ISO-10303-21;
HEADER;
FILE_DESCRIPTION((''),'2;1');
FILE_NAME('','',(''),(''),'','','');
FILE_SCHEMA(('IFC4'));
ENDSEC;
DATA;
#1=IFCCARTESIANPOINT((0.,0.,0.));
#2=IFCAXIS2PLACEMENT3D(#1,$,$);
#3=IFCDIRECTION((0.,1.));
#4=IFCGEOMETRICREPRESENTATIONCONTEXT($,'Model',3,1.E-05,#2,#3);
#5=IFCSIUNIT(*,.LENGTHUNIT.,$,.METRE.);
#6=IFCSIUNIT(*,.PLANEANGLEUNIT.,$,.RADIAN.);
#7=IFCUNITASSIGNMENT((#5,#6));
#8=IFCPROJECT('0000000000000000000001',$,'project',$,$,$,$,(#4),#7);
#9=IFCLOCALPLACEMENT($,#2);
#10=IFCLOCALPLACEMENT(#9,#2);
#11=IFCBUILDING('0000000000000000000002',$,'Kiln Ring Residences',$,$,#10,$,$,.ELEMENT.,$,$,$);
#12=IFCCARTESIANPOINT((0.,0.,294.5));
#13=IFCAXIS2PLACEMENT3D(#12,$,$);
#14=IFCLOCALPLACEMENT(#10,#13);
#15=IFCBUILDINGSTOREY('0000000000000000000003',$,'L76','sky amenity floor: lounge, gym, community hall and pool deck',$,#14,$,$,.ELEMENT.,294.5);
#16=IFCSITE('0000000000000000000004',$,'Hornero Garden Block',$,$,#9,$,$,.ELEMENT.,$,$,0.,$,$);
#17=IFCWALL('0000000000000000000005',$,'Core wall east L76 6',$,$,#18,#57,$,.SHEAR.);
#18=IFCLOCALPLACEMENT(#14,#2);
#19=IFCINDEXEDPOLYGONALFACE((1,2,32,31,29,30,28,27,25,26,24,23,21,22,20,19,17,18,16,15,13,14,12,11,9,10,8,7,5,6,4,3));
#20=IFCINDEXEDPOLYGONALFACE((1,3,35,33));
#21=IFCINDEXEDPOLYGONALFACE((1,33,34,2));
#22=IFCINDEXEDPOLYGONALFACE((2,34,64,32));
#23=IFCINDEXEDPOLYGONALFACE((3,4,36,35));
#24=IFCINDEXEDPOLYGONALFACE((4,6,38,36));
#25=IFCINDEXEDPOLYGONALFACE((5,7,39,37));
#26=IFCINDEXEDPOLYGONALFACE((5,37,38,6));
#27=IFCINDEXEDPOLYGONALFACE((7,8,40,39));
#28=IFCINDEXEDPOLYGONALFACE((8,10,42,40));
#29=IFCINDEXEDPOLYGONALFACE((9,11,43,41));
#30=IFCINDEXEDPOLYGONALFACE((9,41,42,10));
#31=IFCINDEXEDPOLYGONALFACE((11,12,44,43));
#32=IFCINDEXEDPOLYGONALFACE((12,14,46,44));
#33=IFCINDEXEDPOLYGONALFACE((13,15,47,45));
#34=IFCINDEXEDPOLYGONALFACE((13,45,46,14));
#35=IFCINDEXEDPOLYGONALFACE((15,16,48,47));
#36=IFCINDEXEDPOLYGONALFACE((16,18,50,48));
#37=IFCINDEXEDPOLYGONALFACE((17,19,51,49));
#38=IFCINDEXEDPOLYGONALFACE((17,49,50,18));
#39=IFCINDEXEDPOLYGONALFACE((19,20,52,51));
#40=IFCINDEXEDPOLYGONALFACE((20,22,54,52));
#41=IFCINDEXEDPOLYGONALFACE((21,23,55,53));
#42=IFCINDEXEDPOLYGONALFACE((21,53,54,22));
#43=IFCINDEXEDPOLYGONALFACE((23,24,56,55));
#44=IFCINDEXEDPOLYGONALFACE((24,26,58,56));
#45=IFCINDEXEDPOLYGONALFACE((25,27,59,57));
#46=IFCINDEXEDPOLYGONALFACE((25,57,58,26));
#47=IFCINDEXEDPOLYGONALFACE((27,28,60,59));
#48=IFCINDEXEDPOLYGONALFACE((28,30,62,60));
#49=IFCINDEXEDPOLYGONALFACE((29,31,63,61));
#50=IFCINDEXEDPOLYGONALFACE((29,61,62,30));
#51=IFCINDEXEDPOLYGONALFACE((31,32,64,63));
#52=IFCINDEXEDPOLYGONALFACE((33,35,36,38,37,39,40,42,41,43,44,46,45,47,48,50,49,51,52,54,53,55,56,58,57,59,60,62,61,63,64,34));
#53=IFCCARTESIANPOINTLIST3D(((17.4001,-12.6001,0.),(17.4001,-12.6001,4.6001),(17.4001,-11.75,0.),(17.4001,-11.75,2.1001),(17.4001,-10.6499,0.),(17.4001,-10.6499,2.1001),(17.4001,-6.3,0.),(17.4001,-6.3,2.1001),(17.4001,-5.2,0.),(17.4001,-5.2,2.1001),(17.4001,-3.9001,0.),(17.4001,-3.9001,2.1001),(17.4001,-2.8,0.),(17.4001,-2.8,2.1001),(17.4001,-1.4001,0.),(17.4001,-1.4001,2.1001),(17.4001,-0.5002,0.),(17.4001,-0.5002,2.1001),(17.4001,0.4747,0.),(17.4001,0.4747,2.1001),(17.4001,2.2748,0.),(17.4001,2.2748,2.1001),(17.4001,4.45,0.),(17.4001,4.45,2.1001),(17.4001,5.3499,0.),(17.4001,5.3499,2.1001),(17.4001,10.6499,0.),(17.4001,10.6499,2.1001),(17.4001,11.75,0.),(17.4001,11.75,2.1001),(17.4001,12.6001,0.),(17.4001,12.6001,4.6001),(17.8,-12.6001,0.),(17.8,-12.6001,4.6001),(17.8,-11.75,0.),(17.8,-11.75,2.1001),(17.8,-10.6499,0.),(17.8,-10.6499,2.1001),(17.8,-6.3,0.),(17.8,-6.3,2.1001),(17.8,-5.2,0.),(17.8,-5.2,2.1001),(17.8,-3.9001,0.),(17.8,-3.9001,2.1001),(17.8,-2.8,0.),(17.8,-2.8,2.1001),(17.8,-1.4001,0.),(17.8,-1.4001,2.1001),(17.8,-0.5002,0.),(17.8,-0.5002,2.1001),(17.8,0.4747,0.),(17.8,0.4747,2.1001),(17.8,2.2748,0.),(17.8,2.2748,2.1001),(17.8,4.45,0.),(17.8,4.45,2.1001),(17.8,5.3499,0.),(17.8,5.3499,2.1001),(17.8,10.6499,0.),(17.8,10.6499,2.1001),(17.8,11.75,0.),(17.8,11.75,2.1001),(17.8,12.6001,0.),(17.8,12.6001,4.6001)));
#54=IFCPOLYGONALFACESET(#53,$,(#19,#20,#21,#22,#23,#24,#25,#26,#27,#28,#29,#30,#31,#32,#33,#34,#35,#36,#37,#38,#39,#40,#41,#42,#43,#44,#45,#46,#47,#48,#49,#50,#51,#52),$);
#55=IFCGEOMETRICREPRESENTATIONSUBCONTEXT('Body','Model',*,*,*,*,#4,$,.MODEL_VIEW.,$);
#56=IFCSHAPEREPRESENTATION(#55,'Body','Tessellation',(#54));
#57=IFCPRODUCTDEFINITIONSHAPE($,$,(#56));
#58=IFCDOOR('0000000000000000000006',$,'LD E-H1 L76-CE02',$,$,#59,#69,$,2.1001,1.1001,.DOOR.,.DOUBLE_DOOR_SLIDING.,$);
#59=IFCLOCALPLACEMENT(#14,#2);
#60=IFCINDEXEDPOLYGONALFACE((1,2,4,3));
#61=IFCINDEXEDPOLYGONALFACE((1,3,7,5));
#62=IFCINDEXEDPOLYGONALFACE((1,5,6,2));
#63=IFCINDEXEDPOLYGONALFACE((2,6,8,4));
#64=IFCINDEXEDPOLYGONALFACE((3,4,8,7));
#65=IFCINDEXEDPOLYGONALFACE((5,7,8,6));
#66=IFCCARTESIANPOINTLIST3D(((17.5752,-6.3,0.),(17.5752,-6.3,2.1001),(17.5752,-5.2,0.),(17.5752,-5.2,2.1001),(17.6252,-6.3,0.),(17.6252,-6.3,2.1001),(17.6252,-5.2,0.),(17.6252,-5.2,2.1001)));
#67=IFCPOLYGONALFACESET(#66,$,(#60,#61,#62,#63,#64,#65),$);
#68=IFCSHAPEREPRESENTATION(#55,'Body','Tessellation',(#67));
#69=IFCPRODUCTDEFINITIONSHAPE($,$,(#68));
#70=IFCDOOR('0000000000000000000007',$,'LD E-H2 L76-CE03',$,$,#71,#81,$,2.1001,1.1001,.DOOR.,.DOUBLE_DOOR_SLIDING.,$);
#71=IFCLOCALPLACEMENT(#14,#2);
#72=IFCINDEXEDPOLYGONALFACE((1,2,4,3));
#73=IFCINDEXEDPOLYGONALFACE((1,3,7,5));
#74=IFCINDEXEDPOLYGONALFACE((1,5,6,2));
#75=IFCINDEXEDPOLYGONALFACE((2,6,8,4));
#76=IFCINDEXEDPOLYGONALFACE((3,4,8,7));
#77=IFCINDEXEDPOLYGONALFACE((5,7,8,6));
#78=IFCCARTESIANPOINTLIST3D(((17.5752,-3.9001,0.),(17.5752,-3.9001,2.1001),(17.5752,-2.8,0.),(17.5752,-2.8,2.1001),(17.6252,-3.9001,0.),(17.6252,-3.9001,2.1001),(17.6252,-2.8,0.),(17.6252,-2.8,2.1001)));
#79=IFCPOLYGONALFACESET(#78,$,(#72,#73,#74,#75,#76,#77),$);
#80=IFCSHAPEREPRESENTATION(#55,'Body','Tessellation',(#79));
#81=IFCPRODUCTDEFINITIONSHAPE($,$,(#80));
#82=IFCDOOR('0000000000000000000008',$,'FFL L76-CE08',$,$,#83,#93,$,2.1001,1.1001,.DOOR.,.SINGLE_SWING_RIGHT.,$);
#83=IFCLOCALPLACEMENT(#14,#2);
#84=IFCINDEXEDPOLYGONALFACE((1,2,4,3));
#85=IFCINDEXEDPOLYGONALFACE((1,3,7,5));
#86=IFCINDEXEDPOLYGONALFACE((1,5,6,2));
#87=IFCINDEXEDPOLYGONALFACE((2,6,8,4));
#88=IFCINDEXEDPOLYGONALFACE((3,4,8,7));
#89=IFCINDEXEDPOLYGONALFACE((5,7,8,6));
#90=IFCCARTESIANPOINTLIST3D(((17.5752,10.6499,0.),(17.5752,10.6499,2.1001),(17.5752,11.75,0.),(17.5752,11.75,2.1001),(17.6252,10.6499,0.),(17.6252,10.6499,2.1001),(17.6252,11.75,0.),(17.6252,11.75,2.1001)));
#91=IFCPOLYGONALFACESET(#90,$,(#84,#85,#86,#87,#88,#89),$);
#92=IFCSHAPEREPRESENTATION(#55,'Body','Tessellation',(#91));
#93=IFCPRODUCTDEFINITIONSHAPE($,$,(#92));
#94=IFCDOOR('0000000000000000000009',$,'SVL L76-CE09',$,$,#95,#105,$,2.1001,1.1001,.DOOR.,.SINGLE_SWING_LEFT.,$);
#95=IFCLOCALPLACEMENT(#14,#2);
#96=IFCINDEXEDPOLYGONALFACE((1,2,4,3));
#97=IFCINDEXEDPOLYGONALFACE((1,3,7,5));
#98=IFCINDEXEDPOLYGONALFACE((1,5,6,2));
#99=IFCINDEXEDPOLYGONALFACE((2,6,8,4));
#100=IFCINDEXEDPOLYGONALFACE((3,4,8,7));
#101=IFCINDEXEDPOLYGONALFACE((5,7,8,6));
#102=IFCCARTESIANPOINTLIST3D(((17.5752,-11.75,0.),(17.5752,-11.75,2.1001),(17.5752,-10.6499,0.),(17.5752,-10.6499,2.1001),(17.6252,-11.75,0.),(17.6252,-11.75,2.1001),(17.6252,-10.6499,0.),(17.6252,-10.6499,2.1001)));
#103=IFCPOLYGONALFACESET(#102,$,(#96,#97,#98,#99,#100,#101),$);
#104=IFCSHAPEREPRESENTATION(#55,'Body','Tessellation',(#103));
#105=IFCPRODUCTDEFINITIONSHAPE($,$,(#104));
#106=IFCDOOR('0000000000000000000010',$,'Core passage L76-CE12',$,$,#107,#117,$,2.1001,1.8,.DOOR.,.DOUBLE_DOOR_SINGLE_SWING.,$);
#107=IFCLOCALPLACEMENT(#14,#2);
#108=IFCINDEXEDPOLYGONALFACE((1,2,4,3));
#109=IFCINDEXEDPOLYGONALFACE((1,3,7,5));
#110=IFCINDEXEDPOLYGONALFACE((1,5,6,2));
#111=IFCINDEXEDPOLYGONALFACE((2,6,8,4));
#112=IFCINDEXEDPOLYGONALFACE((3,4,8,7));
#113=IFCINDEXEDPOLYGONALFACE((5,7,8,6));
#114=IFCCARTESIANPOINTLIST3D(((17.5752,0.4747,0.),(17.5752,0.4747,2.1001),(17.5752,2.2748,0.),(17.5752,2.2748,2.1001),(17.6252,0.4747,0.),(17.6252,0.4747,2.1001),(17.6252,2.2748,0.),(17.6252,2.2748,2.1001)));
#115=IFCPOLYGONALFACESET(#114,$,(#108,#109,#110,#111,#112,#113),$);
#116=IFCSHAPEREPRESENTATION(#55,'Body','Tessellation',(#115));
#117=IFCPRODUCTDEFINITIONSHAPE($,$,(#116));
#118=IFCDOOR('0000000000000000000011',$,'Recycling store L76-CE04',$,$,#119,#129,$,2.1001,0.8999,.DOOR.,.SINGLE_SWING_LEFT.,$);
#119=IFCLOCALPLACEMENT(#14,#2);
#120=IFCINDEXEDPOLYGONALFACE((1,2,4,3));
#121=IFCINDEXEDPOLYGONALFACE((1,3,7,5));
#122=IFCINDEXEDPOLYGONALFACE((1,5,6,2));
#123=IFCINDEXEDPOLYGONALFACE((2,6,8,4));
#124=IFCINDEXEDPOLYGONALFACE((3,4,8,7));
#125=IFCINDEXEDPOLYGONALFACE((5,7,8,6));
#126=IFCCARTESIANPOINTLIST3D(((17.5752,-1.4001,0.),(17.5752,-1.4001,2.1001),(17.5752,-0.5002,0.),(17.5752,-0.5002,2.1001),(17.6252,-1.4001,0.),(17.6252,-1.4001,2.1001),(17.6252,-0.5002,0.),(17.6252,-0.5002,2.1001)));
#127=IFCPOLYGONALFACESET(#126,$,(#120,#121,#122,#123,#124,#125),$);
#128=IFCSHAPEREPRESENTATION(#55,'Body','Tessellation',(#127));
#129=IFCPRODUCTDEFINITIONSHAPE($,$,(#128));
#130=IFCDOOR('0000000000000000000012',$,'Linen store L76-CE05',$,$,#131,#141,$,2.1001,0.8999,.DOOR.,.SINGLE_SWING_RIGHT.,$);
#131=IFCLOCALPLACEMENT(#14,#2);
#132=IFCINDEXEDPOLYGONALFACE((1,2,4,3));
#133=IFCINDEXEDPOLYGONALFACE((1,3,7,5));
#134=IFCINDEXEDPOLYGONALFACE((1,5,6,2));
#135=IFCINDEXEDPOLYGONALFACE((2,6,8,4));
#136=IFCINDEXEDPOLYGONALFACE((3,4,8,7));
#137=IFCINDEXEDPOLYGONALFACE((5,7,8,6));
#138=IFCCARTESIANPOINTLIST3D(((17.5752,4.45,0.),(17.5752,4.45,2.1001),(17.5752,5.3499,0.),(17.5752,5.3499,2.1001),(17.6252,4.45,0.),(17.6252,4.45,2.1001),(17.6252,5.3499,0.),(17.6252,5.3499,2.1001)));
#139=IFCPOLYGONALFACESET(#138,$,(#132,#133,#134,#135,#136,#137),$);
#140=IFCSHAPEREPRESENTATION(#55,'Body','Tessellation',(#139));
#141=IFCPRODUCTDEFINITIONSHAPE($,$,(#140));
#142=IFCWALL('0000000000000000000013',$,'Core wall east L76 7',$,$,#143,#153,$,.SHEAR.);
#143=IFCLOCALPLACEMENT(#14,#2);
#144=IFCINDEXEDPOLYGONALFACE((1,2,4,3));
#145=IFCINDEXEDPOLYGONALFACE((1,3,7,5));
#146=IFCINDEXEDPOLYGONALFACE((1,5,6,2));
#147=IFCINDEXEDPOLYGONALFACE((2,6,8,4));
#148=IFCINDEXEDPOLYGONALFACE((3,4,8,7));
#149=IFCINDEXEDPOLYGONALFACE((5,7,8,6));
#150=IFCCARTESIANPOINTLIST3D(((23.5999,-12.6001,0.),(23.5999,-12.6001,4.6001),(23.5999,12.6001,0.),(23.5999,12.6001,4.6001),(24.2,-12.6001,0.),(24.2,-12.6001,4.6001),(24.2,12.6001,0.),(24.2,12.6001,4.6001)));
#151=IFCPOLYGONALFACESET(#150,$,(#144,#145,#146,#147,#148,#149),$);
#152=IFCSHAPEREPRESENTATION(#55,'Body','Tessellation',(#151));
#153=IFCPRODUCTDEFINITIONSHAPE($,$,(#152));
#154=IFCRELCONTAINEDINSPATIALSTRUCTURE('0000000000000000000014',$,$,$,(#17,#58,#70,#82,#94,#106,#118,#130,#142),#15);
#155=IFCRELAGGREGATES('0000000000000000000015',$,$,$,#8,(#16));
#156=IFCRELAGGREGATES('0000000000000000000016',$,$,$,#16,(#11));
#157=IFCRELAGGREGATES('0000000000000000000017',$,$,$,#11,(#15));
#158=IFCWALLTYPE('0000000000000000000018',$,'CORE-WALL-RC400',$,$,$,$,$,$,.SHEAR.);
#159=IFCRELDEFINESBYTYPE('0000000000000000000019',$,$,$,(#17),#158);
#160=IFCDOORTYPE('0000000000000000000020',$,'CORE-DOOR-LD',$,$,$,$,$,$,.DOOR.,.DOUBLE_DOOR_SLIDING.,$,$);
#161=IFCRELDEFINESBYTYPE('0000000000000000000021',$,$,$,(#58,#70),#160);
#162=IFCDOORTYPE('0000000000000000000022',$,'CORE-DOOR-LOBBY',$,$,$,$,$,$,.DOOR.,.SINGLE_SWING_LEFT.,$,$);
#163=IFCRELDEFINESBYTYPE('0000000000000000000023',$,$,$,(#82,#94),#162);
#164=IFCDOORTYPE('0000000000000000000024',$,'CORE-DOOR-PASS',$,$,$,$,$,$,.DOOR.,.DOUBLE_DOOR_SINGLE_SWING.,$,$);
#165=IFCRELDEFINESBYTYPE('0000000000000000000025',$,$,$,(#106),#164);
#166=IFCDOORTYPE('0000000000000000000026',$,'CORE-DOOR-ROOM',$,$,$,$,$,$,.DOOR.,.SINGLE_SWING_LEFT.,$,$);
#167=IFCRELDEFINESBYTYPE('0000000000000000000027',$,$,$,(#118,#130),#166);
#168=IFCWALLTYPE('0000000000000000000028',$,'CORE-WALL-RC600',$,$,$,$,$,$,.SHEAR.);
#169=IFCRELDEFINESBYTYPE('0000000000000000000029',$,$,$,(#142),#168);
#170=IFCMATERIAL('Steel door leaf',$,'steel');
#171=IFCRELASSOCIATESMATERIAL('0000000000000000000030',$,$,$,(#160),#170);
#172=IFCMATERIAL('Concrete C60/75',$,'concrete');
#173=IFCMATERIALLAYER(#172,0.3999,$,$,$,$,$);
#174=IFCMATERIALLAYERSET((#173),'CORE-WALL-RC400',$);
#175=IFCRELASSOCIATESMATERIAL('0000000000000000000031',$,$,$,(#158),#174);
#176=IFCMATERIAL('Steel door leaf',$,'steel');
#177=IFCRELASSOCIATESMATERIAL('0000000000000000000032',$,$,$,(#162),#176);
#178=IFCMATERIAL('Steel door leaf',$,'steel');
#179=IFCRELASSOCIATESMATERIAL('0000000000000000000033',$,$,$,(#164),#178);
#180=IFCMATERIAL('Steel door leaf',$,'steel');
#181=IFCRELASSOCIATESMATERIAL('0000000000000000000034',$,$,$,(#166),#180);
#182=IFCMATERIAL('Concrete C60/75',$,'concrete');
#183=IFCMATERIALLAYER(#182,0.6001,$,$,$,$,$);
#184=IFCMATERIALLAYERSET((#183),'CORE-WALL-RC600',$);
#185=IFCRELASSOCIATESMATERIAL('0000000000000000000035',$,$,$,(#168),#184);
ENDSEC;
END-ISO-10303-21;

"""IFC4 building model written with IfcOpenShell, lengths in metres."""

from ifc_helpers import new_model, si_unit, direction, frame, frame_2d, origin, place, context, subcontext, project, spatial, rectangle, extrude, material, layer, layer_set, type_object, element, fill, save


model = new_model("IFC4")

# Units and contexts
model_context = context("Model", 3, precision=1e-05, world=origin(), true_north=direction((0.0, 1.0)))
body_context = subcontext(model_context, "Body", "Model", "MODEL_VIEW")
ifc_project = project(units=[si_unit("LENGTHUNIT", "METRE"), si_unit("PLANEANGLEUNIT", "RADIAN")], contexts=[model_context])

# Site, building, storey
site_placement = place(None, origin())
site = spatial("IfcSite", under=ifc_project, at=site_placement, Name="Hornero Garden Block", CompositionType="ELEMENT", RefElevation=0.0)
building_placement = place(site_placement, origin())
building = spatial("IfcBuilding", under=site, at=building_placement, Name="Kiln Ring Residences", CompositionType="ELEMENT")
storey_placement = place(building_placement, frame((0.0, 0.0, 294.5)))
storey = spatial("IfcBuildingStorey", under=building, at=storey_placement, Name="L76", Description="sky amenity floor: lounge, gym, community hall and pool deck", CompositionType="ELEMENT", Elevation=294.5)

# Shared definitions
ifc_material_1 = material(Name="Steel door leaf", Category="steel")
door_type_1 = type_object("IfcDoorType", Name="CORE-DOOR-LD", OperationType="DOUBLE_DOOR_SLIDING", PredefinedType="DOOR", material=ifc_material_1)

# Wall, openings, doors
ifc_material_2 = material(Name="Concrete C60/75", Category="concrete")
ifc_layer_1 = layer(ifc_material_2, 0.3999)
ifc_layer_set_1 = layer_set([ifc_layer_1], Name="CORE-WALL-RC400")
wall_type_1 = type_object("IfcWallType", Name="CORE-WALL-RC400", PredefinedType="SHEAR", material=ifc_layer_set_1)
wall_1_placement = place(storey_placement, frame((17.6001, -12.6001, 0.0), z_axis=(0.0, 0.0, 1.0), x_axis=(0.0, 1.0, 0.0)))
wall_1 = element("IfcWall", 1, at=wall_1_placement, inside=storey, type_object=wall_type_1, Name="Core wall east L76 6", PredefinedType="SHEAR", context=body_context, shape_type="SweptSolid", body=[
    extrude(rectangle(XDim=25.2002, YDim=0.3999, at=frame_2d((12.6001, 0.0))), origin(), (0.0, 0.0, 1.0), 4.6001),
])
opening_1_placement = place(wall_1_placement, frame((6.3, 0.0, 0.0)))
opening_1 = element("IfcOpeningElement", 2, at=opening_1_placement, cuts=wall_1, PredefinedType="OPENING", context=body_context, shape_type="SweptSolid", body=[
    extrude(rectangle(XDim=1.1001, YDim=2.1001, at=frame_2d((0.55, 1.05))), frame((0.0, 0.21, 0.0), z_axis=(0.0, -1.0, 0.0), x_axis=(1.0, 0.0, 0.0)), (0.0, 0.0, 1.0), 0.4199),
])
opening_2_placement = place(wall_1_placement, frame((8.7, 0.0, 0.0)))
opening_2 = element("IfcOpeningElement", 3, at=opening_2_placement, cuts=wall_1, PredefinedType="OPENING", context=body_context, shape_type="SweptSolid", body=[
    extrude(rectangle(XDim=1.1001, YDim=2.1001, at=frame_2d((0.55, 1.05))), frame((0.0, 0.21, 0.0), z_axis=(0.0, -1.0, 0.0), x_axis=(1.0, 0.0, 0.0)), (0.0, 0.0, 1.0), 0.4199),
])
opening_3_placement = place(wall_1_placement, frame((11.2, 0.0, 0.0)))
opening_3 = element("IfcOpeningElement", 4, at=opening_3_placement, cuts=wall_1, PredefinedType="OPENING", context=body_context, shape_type="SweptSolid", body=[
    extrude(rectangle(XDim=0.8999, YDim=2.1001, at=frame_2d((0.45, 1.05))), frame((0.0, 0.21, 0.0), z_axis=(0.0, -1.0, 0.0), x_axis=(1.0, 0.0, 0.0)), (0.0, 0.0, 1.0), 0.4199),
])
opening_4_placement = place(wall_1_placement, frame((17.05, 0.0, 0.0)))
opening_4 = element("IfcOpeningElement", 5, at=opening_4_placement, cuts=wall_1, PredefinedType="OPENING", context=body_context, shape_type="SweptSolid", body=[
    extrude(rectangle(XDim=0.8999, YDim=2.1001, at=frame_2d((0.45, 1.05))), frame((0.0, 0.21, 0.0), z_axis=(0.0, -1.0, 0.0), x_axis=(1.0, 0.0, 0.0)), (0.0, 0.0, 1.0), 0.4199),
])
opening_5_placement = place(wall_1_placement, frame((23.25, 0.0, 0.0)))
opening_5 = element("IfcOpeningElement", 6, at=opening_5_placement, cuts=wall_1, PredefinedType="OPENING", context=body_context, shape_type="SweptSolid", body=[
    extrude(rectangle(XDim=1.1001, YDim=2.1001, at=frame_2d((0.55, 1.05))), frame((0.0, 0.21, 0.0), z_axis=(0.0, -1.0, 0.0), x_axis=(1.0, 0.0, 0.0)), (0.0, 0.0, 1.0), 0.4199),
])
opening_6_placement = place(wall_1_placement, frame((0.8501, 0.0, 0.0)))
opening_6 = element("IfcOpeningElement", 7, at=opening_6_placement, cuts=wall_1, PredefinedType="OPENING", context=body_context, shape_type="SweptSolid", body=[
    extrude(rectangle(XDim=1.1001, YDim=2.1001, at=frame_2d((0.55, 1.05))), frame((0.0, 0.21, 0.0), z_axis=(0.0, -1.0, 0.0), x_axis=(1.0, 0.0, 0.0)), (0.0, 0.0, 1.0), 0.4199),
])
opening_7_placement = place(wall_1_placement, frame((13.075, 0.0, 0.0)))
opening_7 = element("IfcOpeningElement", 8, at=opening_7_placement, cuts=wall_1, PredefinedType="OPENING", context=body_context, shape_type="SweptSolid", body=[
    extrude(rectangle(XDim=1.8, YDim=2.1001, at=frame_2d((0.8999, 1.05))), frame((0.0, 0.21, 0.0), z_axis=(0.0, -1.0, 0.0), x_axis=(1.0, 0.0, 0.0)), (0.0, 0.0, 1.0), 0.4199),
])
door_1_placement = place(opening_1_placement, origin())
door_1 = element("IfcDoor", 9, at=door_1_placement, inside=storey, type_object=door_type_1, Name="LD E-H1 L76-CE02", OperationType="DOUBLE_DOOR_SLIDING", OverallHeight=2.1001, OverallWidth=1.1001, PredefinedType="DOOR", context=body_context, shape_type="SweptSolid", body=[
    extrude(rectangle(XDim=1.1001, YDim=2.1001, at=frame_2d((0.55, 1.05))), frame((0.0, 0.0249, 0.0), z_axis=(0.0, -1.0, 0.0), x_axis=(1.0, 0.0, 0.0)), (0.0, 0.0, 1.0), 0.05),
])
fill(opening_1, door_1)
door_2_placement = place(opening_2_placement, origin())
door_2 = element("IfcDoor", 10, at=door_2_placement, inside=storey, type_object=door_type_1, Name="LD E-H2 L76-CE03", OperationType="DOUBLE_DOOR_SLIDING", OverallHeight=2.1001, OverallWidth=1.1001, PredefinedType="DOOR", context=body_context, shape_type="SweptSolid", body=[
    extrude(rectangle(XDim=1.1001, YDim=2.1001, at=frame_2d((0.55, 1.05))), frame((0.0, 0.0249, 0.0), z_axis=(0.0, -1.0, 0.0), x_axis=(1.0, 0.0, 0.0)), (0.0, 0.0, 1.0), 0.05),
])
fill(opening_2, door_2)
ifc_material_3 = material(Name="Steel door leaf", Category="steel")
door_type_2 = type_object("IfcDoorType", Name="CORE-DOOR-LOBBY", OperationType="SINGLE_SWING_LEFT", PredefinedType="DOOR", material=ifc_material_3)
door_3_placement = place(opening_5_placement, origin())
door_3 = element("IfcDoor", 11, at=door_3_placement, inside=storey, type_object=door_type_2, Name="FFL L76-CE08", OperationType="SINGLE_SWING_RIGHT", OverallHeight=2.1001, OverallWidth=1.1001, PredefinedType="DOOR", context=body_context, shape_type="SweptSolid", body=[
    extrude(rectangle(XDim=1.1001, YDim=2.1001, at=frame_2d((0.55, 1.05))), frame((0.0, 0.0249, 0.0), z_axis=(0.0, -1.0, 0.0), x_axis=(1.0, 0.0, 0.0)), (0.0, 0.0, 1.0), 0.05),
])
fill(opening_5, door_3)
door_4_placement = place(opening_6_placement, origin())
door_4 = element("IfcDoor", 12, at=door_4_placement, inside=storey, type_object=door_type_2, Name="SVL L76-CE09", OperationType="SINGLE_SWING_LEFT", OverallHeight=2.1001, OverallWidth=1.1001, PredefinedType="DOOR", context=body_context, shape_type="SweptSolid", body=[
    extrude(rectangle(XDim=1.1001, YDim=2.1001, at=frame_2d((0.55, 1.05))), frame((0.0, 0.0249, 0.0), z_axis=(0.0, -1.0, 0.0), x_axis=(1.0, 0.0, 0.0)), (0.0, 0.0, 1.0), 0.05),
])
fill(opening_6, door_4)
ifc_material_4 = material(Name="Steel door leaf", Category="steel")
door_type_3 = type_object("IfcDoorType", Name="CORE-DOOR-PASS", OperationType="DOUBLE_DOOR_SINGLE_SWING", PredefinedType="DOOR", material=ifc_material_4)
door_5_placement = place(opening_7_placement, origin())
door_5 = element("IfcDoor", 13, at=door_5_placement, inside=storey, type_object=door_type_3, Name="Core passage L76-CE12", OperationType="DOUBLE_DOOR_SINGLE_SWING", OverallHeight=2.1001, OverallWidth=1.8, PredefinedType="DOOR", context=body_context, shape_type="SweptSolid", body=[
    extrude(rectangle(XDim=1.8, YDim=2.1001, at=frame_2d((0.8999, 1.05))), frame((0.0, 0.0249, 0.0), z_axis=(0.0, -1.0, 0.0), x_axis=(1.0, 0.0, 0.0)), (0.0, 0.0, 1.0), 0.05),
])
fill(opening_7, door_5)
ifc_material_5 = material(Name="Steel door leaf", Category="steel")
door_type_4 = type_object("IfcDoorType", Name="CORE-DOOR-ROOM", OperationType="SINGLE_SWING_LEFT", PredefinedType="DOOR", material=ifc_material_5)
door_6_placement = place(opening_3_placement, origin())
door_6 = element("IfcDoor", 14, at=door_6_placement, inside=storey, type_object=door_type_4, Name="Recycling store L76-CE04", OperationType="SINGLE_SWING_LEFT", OverallHeight=2.1001, OverallWidth=0.8999, PredefinedType="DOOR", context=body_context, shape_type="SweptSolid", body=[
    extrude(rectangle(XDim=0.8999, YDim=2.1001, at=frame_2d((0.45, 1.05))), frame((0.0, 0.0249, 0.0), z_axis=(0.0, -1.0, 0.0), x_axis=(1.0, 0.0, 0.0)), (0.0, 0.0, 1.0), 0.05),
])
fill(opening_3, door_6)
door_7_placement = place(opening_4_placement, origin())
door_7 = element("IfcDoor", 15, at=door_7_placement, inside=storey, type_object=door_type_4, Name="Linen store L76-CE05", OperationType="SINGLE_SWING_RIGHT", OverallHeight=2.1001, OverallWidth=0.8999, PredefinedType="DOOR", context=body_context, shape_type="SweptSolid", body=[
    extrude(rectangle(XDim=0.8999, YDim=2.1001, at=frame_2d((0.45, 1.05))), frame((0.0, 0.0249, 0.0), z_axis=(0.0, -1.0, 0.0), x_axis=(1.0, 0.0, 0.0)), (0.0, 0.0, 1.0), 0.05),
])
fill(opening_4, door_7)

# Wall
ifc_material_6 = material(Name="Concrete C60/75", Category="concrete")
ifc_layer_2 = layer(ifc_material_6, 0.6001)
ifc_layer_set_2 = layer_set([ifc_layer_2], Name="CORE-WALL-RC600")
wall_type_2 = type_object("IfcWallType", Name="CORE-WALL-RC600", PredefinedType="SHEAR", material=ifc_layer_set_2)
wall_2_placement = place(storey_placement, frame((23.8999, -12.6001, 0.0), z_axis=(0.0, 0.0, 1.0), x_axis=(0.0, 1.0, 0.0)))
element("IfcWall", 16, at=wall_2_placement, inside=storey, type_object=wall_type_2, Name="Core wall east L76 7", PredefinedType="SHEAR", context=body_context, shape_type="SweptSolid", body=[
    extrude(rectangle(XDim=25.2002, YDim=0.6001, at=frame_2d((12.6001, 0.0))), origin(), (0.0, 0.0, 1.0), 4.6001),
])

save(model, "model.ifc")
